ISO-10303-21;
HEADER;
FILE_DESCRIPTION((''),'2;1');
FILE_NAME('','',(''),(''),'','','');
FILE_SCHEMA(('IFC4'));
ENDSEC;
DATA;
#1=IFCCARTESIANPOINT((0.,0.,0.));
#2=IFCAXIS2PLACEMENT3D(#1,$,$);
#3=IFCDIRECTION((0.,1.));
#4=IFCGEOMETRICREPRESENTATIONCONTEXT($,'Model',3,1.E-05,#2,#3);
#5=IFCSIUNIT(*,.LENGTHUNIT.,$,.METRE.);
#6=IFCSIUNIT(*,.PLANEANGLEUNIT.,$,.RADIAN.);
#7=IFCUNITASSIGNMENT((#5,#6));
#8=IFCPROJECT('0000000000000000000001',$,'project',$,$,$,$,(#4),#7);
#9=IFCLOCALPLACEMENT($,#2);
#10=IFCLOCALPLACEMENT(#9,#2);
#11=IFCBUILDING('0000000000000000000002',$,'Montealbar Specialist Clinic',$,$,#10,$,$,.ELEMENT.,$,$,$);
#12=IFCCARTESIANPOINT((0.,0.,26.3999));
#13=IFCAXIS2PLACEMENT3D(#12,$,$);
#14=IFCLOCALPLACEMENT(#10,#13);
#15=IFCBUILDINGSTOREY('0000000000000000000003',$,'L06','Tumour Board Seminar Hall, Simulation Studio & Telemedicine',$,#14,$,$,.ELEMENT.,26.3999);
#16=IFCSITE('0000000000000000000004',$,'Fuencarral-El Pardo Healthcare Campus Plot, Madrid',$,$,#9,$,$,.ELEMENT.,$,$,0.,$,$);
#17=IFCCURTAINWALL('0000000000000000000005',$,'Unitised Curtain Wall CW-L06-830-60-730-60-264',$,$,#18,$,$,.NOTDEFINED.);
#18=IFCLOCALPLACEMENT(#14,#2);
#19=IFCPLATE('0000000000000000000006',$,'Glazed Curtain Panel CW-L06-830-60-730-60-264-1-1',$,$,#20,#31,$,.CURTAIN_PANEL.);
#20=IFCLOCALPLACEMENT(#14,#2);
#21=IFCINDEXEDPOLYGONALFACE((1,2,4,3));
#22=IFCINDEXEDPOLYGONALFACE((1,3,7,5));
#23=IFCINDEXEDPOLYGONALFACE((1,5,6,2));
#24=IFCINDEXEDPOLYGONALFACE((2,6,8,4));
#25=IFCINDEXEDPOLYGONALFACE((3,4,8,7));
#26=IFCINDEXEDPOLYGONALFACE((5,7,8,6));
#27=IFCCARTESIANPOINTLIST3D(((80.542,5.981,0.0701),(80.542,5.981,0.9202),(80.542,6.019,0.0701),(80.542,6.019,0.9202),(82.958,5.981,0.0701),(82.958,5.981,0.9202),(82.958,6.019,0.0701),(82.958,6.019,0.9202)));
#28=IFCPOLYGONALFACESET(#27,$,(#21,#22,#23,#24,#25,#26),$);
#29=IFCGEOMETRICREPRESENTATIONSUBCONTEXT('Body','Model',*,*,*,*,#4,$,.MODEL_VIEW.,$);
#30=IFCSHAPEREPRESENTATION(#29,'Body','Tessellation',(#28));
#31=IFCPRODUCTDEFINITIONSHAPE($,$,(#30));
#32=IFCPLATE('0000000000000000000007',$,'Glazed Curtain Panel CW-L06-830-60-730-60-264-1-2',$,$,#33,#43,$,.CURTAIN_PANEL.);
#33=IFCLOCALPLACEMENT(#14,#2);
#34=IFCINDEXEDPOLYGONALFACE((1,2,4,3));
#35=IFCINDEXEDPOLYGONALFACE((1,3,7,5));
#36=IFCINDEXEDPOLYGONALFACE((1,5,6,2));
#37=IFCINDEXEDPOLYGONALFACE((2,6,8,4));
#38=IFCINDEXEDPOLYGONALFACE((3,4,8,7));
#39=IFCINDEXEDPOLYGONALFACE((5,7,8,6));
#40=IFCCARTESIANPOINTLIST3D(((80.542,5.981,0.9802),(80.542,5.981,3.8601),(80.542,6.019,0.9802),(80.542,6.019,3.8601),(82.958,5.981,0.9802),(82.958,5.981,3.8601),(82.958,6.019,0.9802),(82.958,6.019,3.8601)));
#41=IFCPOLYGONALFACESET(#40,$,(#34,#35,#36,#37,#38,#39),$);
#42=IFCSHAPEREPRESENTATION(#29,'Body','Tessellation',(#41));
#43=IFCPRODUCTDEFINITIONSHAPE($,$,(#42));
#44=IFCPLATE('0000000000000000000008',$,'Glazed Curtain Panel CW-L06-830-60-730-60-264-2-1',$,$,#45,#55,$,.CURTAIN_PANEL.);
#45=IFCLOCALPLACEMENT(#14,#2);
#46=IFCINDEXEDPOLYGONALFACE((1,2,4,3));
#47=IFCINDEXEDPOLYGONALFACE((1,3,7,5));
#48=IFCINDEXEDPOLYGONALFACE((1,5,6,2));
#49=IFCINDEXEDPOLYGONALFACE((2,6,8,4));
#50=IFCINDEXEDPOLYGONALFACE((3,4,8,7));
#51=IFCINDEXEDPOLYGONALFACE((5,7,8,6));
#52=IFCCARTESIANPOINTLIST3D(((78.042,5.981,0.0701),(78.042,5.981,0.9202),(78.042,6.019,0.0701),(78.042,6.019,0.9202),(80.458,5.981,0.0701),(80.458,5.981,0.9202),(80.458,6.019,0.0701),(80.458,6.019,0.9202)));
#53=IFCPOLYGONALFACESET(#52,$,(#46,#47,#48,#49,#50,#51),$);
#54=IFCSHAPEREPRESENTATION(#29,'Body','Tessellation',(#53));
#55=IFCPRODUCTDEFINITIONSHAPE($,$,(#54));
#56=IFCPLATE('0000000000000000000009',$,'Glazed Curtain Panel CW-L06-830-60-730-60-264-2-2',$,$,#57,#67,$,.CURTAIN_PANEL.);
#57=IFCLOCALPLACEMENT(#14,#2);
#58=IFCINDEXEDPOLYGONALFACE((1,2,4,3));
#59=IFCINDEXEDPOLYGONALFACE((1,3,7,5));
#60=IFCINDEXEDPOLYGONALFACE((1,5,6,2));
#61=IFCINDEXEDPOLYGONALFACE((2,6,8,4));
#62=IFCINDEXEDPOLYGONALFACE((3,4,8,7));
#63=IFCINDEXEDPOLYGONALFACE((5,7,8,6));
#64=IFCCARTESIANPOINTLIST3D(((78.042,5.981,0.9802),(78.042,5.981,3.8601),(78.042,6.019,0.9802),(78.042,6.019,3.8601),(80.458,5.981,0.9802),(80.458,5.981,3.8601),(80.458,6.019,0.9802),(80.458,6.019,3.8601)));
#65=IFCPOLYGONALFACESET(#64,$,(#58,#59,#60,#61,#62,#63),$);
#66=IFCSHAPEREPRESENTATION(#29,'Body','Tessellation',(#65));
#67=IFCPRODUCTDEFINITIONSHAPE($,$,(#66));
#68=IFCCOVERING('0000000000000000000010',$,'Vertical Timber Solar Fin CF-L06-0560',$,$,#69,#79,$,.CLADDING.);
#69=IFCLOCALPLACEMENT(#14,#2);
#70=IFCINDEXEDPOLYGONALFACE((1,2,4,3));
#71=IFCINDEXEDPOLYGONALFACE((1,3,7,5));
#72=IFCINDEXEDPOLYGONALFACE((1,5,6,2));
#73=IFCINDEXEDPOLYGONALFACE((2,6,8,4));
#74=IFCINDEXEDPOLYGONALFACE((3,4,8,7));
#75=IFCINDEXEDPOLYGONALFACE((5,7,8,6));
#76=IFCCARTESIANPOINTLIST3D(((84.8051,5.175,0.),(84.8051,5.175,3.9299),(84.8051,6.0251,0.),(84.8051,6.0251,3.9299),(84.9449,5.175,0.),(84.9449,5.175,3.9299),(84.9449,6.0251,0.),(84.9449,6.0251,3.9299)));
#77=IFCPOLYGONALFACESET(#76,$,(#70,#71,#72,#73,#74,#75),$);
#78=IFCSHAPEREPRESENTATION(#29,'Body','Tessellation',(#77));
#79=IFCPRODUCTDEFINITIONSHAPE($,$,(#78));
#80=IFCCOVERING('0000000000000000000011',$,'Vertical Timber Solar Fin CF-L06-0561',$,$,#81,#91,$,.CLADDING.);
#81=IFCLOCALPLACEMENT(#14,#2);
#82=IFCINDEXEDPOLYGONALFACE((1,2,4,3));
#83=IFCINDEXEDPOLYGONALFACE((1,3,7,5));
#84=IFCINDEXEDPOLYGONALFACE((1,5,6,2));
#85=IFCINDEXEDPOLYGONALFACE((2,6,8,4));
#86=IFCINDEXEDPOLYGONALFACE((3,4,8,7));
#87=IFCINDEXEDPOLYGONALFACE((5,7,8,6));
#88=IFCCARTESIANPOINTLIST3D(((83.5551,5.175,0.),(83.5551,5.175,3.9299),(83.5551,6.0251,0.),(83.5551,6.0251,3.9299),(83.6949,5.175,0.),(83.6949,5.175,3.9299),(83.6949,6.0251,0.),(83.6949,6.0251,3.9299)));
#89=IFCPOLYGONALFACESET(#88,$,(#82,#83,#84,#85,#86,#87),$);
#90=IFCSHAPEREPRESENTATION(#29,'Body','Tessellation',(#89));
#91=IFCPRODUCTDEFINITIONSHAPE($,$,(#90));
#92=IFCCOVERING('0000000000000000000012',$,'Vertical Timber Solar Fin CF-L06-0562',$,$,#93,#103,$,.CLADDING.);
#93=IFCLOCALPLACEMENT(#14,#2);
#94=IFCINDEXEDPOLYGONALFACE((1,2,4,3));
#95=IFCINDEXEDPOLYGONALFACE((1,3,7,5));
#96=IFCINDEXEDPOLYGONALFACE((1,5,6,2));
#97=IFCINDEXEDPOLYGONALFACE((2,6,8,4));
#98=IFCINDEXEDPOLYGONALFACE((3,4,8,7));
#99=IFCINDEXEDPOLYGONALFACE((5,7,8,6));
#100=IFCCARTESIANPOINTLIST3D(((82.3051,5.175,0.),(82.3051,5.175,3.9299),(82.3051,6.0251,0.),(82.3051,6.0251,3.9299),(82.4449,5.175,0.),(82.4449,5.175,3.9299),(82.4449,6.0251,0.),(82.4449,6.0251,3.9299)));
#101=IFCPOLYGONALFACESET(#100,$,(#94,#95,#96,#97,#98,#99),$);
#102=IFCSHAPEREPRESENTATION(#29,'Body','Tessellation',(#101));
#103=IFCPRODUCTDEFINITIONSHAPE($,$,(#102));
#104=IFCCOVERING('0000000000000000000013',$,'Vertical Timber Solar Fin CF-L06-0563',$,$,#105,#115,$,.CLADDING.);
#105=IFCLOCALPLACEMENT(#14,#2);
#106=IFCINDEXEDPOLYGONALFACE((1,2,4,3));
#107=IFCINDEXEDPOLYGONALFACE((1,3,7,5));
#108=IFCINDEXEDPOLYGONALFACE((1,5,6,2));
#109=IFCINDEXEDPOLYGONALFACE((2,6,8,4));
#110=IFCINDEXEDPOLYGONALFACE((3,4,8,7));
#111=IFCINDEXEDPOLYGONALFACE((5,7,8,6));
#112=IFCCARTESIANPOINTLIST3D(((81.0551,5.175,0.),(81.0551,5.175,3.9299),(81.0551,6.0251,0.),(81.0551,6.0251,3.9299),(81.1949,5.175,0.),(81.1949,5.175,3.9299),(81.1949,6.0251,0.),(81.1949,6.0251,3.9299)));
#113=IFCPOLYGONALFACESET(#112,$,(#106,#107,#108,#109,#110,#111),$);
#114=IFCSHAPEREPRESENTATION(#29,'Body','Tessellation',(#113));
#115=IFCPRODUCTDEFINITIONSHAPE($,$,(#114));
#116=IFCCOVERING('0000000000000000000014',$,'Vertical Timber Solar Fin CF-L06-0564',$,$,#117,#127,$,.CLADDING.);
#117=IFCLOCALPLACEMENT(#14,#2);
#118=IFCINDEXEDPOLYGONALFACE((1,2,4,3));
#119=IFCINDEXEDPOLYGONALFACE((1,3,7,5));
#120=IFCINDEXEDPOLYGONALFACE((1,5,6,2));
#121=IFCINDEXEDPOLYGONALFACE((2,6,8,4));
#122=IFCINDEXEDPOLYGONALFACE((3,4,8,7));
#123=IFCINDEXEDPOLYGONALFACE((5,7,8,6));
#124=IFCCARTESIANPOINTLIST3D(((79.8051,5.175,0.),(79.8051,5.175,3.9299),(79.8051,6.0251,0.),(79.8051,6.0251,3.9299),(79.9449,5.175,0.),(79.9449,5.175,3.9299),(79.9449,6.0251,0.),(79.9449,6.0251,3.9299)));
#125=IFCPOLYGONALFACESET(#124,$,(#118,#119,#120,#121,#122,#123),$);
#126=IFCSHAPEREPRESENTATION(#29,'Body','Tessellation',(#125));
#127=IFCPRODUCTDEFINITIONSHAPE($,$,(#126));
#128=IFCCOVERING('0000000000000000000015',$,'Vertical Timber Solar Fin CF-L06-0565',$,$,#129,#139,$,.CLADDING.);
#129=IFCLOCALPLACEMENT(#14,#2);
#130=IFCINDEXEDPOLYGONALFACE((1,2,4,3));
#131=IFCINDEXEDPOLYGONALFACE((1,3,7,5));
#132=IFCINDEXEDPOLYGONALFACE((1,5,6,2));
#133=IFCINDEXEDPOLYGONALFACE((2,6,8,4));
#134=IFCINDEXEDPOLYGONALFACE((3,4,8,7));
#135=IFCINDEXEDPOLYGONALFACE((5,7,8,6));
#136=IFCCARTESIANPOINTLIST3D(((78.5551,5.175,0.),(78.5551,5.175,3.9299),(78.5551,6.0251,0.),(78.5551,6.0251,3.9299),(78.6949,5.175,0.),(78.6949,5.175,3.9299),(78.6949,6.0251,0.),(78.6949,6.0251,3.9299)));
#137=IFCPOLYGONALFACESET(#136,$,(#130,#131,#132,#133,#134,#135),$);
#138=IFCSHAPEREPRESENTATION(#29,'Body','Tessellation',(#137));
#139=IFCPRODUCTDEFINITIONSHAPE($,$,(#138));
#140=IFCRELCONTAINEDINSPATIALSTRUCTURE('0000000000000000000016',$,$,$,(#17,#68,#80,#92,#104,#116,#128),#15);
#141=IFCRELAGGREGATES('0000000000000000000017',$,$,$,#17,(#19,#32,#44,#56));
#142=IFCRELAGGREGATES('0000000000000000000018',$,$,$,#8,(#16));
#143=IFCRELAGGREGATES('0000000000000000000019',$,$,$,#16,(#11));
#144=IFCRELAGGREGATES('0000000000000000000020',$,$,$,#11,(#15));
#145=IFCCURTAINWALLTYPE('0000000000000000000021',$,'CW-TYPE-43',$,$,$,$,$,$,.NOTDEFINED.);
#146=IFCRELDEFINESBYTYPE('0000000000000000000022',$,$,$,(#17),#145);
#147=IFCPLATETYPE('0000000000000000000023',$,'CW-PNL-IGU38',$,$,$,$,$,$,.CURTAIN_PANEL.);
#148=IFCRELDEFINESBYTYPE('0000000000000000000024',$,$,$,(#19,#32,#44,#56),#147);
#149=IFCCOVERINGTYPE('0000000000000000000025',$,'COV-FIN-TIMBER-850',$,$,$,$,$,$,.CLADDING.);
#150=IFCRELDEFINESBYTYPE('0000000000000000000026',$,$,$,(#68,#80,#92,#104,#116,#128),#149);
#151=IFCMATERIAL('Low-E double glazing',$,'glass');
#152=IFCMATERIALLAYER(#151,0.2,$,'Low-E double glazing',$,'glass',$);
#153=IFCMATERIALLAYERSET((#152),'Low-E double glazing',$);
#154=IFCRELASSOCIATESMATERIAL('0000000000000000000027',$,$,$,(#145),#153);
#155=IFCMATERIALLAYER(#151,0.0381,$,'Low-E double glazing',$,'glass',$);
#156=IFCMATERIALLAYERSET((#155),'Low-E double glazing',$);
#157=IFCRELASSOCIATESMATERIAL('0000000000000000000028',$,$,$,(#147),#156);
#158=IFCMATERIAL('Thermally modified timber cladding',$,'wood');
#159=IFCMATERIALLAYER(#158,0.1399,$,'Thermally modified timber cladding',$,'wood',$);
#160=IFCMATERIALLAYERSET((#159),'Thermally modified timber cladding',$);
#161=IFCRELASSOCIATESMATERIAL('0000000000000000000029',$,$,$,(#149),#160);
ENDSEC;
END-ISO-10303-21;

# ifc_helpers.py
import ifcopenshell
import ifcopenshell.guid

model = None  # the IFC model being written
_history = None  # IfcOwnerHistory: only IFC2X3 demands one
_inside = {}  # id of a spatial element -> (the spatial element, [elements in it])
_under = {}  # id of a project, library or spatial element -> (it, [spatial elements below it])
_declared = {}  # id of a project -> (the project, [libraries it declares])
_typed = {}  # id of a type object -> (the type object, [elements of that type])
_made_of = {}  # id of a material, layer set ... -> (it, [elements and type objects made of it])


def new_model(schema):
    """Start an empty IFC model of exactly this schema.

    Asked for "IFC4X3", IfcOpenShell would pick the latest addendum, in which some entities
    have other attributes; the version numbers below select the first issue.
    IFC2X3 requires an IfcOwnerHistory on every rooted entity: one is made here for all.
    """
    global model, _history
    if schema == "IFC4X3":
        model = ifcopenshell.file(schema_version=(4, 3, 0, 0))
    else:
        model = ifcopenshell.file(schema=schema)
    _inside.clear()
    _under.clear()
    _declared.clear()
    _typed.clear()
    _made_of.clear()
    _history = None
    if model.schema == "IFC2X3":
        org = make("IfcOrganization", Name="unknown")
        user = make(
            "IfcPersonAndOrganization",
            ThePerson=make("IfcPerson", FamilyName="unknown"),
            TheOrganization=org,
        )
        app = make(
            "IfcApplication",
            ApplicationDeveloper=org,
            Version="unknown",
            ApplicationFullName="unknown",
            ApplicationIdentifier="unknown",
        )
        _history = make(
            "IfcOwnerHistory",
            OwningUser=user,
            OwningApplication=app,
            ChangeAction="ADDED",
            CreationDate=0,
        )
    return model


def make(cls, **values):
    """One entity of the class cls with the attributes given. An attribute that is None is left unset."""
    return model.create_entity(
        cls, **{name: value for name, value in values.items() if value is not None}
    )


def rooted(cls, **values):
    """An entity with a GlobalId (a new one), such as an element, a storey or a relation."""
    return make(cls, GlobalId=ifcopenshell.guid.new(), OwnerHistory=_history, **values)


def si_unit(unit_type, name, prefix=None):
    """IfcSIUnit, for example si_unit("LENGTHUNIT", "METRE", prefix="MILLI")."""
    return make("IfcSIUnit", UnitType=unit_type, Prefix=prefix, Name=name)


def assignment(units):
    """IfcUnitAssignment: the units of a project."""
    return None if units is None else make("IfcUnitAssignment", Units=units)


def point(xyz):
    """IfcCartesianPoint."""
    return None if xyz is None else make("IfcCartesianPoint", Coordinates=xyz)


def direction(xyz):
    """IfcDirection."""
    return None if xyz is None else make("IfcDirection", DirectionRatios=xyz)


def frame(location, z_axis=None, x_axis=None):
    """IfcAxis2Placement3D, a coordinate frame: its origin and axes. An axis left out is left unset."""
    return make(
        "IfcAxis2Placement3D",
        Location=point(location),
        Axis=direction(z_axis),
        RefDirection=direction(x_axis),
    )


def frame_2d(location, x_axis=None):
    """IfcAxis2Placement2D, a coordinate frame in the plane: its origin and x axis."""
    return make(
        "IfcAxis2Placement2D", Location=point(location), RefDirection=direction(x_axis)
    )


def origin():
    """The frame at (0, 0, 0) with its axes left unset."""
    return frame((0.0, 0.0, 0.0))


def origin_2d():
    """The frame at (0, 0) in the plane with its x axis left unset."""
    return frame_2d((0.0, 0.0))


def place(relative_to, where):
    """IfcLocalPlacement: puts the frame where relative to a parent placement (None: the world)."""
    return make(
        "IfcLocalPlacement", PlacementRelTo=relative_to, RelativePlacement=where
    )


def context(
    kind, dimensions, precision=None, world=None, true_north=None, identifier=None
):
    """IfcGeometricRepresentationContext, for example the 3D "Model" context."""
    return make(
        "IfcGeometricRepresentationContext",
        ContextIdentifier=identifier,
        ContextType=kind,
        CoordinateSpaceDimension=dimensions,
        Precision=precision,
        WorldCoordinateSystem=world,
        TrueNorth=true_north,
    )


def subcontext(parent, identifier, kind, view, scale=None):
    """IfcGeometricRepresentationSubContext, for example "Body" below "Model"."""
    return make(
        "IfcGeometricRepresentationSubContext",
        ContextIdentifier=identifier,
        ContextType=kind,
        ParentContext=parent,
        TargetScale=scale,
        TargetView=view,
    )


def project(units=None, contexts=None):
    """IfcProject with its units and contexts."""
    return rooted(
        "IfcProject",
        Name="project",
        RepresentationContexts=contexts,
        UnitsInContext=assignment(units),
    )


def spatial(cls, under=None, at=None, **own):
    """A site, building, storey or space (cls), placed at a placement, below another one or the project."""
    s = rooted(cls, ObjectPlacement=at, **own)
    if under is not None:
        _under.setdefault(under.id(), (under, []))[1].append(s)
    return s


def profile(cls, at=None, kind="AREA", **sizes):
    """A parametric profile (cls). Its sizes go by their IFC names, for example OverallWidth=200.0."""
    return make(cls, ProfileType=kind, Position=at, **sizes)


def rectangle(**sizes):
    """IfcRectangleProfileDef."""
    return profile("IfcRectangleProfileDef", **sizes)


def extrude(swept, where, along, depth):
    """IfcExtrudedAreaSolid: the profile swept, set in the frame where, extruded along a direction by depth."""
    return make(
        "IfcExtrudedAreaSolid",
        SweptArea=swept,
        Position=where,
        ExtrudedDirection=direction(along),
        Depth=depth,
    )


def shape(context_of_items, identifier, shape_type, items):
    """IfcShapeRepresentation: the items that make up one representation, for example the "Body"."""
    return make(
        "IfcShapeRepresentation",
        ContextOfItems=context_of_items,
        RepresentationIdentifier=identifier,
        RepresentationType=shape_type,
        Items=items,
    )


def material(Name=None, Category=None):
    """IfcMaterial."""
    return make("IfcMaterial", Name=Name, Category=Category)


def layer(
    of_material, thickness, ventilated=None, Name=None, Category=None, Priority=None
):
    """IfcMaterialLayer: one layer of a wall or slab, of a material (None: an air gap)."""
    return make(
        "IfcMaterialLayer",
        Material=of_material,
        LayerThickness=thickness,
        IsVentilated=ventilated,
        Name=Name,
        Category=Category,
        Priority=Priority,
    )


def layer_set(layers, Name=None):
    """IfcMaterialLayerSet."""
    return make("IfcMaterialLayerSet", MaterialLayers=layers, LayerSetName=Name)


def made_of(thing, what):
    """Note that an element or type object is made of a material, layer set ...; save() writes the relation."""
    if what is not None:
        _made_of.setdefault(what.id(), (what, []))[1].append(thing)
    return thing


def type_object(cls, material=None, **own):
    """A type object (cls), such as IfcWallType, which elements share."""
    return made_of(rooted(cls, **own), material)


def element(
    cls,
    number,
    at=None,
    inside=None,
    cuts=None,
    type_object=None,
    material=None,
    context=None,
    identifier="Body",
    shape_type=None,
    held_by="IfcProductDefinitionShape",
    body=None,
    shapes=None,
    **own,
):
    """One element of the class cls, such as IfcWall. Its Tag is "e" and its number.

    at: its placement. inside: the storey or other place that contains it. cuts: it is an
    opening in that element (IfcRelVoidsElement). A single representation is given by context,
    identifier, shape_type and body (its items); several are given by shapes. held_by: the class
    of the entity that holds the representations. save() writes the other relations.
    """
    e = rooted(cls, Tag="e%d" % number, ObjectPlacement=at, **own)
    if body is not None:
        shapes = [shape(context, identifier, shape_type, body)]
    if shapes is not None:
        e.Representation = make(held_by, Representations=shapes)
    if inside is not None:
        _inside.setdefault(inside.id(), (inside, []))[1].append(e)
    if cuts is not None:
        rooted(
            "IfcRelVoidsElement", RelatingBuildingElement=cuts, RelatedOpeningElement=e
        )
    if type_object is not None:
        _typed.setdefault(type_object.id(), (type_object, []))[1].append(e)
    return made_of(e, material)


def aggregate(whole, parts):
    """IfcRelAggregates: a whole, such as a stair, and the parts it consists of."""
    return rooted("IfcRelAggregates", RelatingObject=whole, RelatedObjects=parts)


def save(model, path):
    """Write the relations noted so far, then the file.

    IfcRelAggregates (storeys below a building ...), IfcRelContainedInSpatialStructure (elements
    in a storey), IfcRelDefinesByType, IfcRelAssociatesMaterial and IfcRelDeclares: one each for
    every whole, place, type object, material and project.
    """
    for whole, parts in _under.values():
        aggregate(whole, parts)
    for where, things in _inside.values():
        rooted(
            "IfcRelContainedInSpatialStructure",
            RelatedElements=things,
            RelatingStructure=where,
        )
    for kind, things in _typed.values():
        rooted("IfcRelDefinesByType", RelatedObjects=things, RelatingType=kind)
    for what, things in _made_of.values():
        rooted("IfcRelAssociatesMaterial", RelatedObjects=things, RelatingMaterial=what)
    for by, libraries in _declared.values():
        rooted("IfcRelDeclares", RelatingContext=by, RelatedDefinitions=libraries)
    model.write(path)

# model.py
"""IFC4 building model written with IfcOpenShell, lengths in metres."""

from ifc_helpers import new_model, si_unit, direction, frame, origin, origin_2d, place, context, subcontext, project, spatial, rectangle, extrude, material, layer, layer_set, type_object, element, aggregate, save


model = new_model("IFC4")

# Units and contexts
model_context = context("Model", 3, precision=1e-05, world=origin(), true_north=direction((0.0, 1.0)))
body_context = subcontext(model_context, "Body", "Model", "MODEL_VIEW")
ifc_project = project(units=[si_unit("LENGTHUNIT", "METRE"), si_unit("PLANEANGLEUNIT", "RADIAN")], contexts=[model_context])

# Site, building, storey
site_placement = place(None, origin())
site = spatial("IfcSite", under=ifc_project, at=site_placement, Name="Fuencarral-El Pardo Healthcare Campus Plot, Madrid", CompositionType="ELEMENT", RefElevation=0.0)
building_placement = place(site_placement, origin())
building = spatial("IfcBuilding", under=site, at=building_placement, Name="Montealbar Specialist Clinic", CompositionType="ELEMENT")
storey_placement = place(building_placement, frame((0.0, 0.0, 26.3999)))
storey = spatial("IfcBuildingStorey", under=building, at=storey_placement, Name="L06", Description="Tumour Board Seminar Hall, Simulation Studio & Telemedicine", CompositionType="ELEMENT", Elevation=26.3999)

# Curtain wall
ifc_material_1 = material(Name="Low-E double glazing", Category="glass")
ifc_layer_1 = layer(ifc_material_1, 0.2, Name="Low-E double glazing", Category="glass")
ifc_layer_set_1 = layer_set([ifc_layer_1], Name="Low-E double glazing")
curtain_wall_type = type_object("IfcCurtainWallType", Name="CW-TYPE-43", PredefinedType="NOTDEFINED", material=ifc_layer_set_1)
curtain_wall_1_placement = place(storey_placement, origin())
curtain_wall_1 = element("IfcCurtainWall", 1, at=curtain_wall_1_placement, inside=storey, type_object=curtain_wall_type, Name="Unitised Curtain Wall CW-L06-830-60-730-60-264", PredefinedType="NOTDEFINED")

# Plates
ifc_layer_2 = layer(ifc_material_1, 0.0381, Name="Low-E double glazing", Category="glass")
ifc_layer_set_2 = layer_set([ifc_layer_2], Name="Low-E double glazing")
plate_type = type_object("IfcPlateType", Name="CW-PNL-IGU38", PredefinedType="CURTAIN_PANEL", material=ifc_layer_set_2)
plate_1_placement = place(storey_placement, frame((81.75, 6.0, 0.0701), z_axis=(0.0, 0.0, 1.0), x_axis=(-1.0, 0.0, 0.0)))
plate_1 = element("IfcPlate", 2, at=plate_1_placement, type_object=plate_type, Name="Glazed Curtain Panel CW-L06-830-60-730-60-264-1-1", PredefinedType="CURTAIN_PANEL", context=body_context, shape_type="SweptSolid", body=[
    extrude(rectangle(XDim=2.416, YDim=0.0381, at=origin_2d()), origin(), (0.0, 0.0, 1.0), 0.8501),
])
plate_2_placement = place(storey_placement, frame((81.75, 6.0, 0.9802), z_axis=(0.0, 0.0, 1.0), x_axis=(-1.0, 0.0, 0.0)))
plate_2 = element("IfcPlate", 3, at=plate_2_placement, type_object=plate_type, Name="Glazed Curtain Panel CW-L06-830-60-730-60-264-1-2", PredefinedType="CURTAIN_PANEL", context=body_context, shape_type="SweptSolid", body=[
    extrude(rectangle(XDim=2.416, YDim=0.0381, at=origin_2d()), origin(), (0.0, 0.0, 1.0), 2.8799),
])
plate_3_placement = place(storey_placement, frame((79.25, 6.0, 0.0701), z_axis=(0.0, 0.0, 1.0), x_axis=(-1.0, 0.0, 0.0)))
plate_3 = element("IfcPlate", 4, at=plate_3_placement, type_object=plate_type, Name="Glazed Curtain Panel CW-L06-830-60-730-60-264-2-1", PredefinedType="CURTAIN_PANEL", context=body_context, shape_type="SweptSolid", body=[
    extrude(rectangle(XDim=2.416, YDim=0.0381, at=origin_2d()), origin(), (0.0, 0.0, 1.0), 0.8501),
])
plate_4_placement = place(storey_placement, frame((79.25, 6.0, 0.9802), z_axis=(0.0, 0.0, 1.0), x_axis=(-1.0, 0.0, 0.0)))
plate_4 = element("IfcPlate", 5, at=plate_4_placement, type_object=plate_type, Name="Glazed Curtain Panel CW-L06-830-60-730-60-264-2-2", PredefinedType="CURTAIN_PANEL", context=body_context, shape_type="SweptSolid", body=[
    extrude(rectangle(XDim=2.416, YDim=0.0381, at=origin_2d()), origin(), (0.0, 0.0, 1.0), 2.8799),
])
aggregate(curtain_wall_1, [plate_1, plate_2, plate_3, plate_4])

# Coverings
ifc_material_2 = material(Name="Thermally modified timber cladding", Category="wood")
ifc_layer_3 = layer(ifc_material_2, 0.1399, Name="Thermally modified timber cladding", Category="wood")
ifc_layer_set_3 = layer_set([ifc_layer_3], Name="Thermally modified timber cladding")
covering_type = type_object("IfcCoveringType", Name="COV-FIN-TIMBER-850", PredefinedType="CLADDING", material=ifc_layer_set_3)
for number, where, z_axis, x_axis, name in (
    (6, (84.875, 5.6001, 0.0), (0.0, 0.0, 1.0), (0.0, -1.0, 0.0), "Vertical Timber Solar Fin CF-L06-0560"),
    (7, (83.625, 5.6001, 0.0), (0.0, 0.0, 1.0), (0.0, -1.0, 0.0), "Vertical Timber Solar Fin CF-L06-0561"),
    (8, (82.375, 5.6001, 0.0), (0.0, 0.0, 1.0), (0.0, -1.0, 0.0), "Vertical Timber Solar Fin CF-L06-0562"),
    (9, (81.125, 5.6001, 0.0), (0.0, 0.0, 1.0), (0.0, -1.0, 0.0), "Vertical Timber Solar Fin CF-L06-0563"),
    (10, (79.875, 5.6001, 0.0), (0.0, 0.0, 1.0), (0.0, -1.0, 0.0), "Vertical Timber Solar Fin CF-L06-0564"),
    (11, (78.625, 5.6001, 0.0), (0.0, 0.0, 1.0), (0.0, -1.0, 0.0), "Vertical Timber Solar Fin CF-L06-0565"),
):
    element("IfcCovering", number, at=place(storey_placement, frame(where, z_axis=z_axis, x_axis=x_axis)), inside=storey, type_object=covering_type, Name=name, PredefinedType="CLADDING", context=body_context, shape_type="SweptSolid", body=[
        extrude(rectangle(XDim=0.8501, YDim=0.1399, at=origin_2d()), origin(), (0.0, 0.0, 1.0), 3.9299),
    ])

save(model, "model.ifc")
